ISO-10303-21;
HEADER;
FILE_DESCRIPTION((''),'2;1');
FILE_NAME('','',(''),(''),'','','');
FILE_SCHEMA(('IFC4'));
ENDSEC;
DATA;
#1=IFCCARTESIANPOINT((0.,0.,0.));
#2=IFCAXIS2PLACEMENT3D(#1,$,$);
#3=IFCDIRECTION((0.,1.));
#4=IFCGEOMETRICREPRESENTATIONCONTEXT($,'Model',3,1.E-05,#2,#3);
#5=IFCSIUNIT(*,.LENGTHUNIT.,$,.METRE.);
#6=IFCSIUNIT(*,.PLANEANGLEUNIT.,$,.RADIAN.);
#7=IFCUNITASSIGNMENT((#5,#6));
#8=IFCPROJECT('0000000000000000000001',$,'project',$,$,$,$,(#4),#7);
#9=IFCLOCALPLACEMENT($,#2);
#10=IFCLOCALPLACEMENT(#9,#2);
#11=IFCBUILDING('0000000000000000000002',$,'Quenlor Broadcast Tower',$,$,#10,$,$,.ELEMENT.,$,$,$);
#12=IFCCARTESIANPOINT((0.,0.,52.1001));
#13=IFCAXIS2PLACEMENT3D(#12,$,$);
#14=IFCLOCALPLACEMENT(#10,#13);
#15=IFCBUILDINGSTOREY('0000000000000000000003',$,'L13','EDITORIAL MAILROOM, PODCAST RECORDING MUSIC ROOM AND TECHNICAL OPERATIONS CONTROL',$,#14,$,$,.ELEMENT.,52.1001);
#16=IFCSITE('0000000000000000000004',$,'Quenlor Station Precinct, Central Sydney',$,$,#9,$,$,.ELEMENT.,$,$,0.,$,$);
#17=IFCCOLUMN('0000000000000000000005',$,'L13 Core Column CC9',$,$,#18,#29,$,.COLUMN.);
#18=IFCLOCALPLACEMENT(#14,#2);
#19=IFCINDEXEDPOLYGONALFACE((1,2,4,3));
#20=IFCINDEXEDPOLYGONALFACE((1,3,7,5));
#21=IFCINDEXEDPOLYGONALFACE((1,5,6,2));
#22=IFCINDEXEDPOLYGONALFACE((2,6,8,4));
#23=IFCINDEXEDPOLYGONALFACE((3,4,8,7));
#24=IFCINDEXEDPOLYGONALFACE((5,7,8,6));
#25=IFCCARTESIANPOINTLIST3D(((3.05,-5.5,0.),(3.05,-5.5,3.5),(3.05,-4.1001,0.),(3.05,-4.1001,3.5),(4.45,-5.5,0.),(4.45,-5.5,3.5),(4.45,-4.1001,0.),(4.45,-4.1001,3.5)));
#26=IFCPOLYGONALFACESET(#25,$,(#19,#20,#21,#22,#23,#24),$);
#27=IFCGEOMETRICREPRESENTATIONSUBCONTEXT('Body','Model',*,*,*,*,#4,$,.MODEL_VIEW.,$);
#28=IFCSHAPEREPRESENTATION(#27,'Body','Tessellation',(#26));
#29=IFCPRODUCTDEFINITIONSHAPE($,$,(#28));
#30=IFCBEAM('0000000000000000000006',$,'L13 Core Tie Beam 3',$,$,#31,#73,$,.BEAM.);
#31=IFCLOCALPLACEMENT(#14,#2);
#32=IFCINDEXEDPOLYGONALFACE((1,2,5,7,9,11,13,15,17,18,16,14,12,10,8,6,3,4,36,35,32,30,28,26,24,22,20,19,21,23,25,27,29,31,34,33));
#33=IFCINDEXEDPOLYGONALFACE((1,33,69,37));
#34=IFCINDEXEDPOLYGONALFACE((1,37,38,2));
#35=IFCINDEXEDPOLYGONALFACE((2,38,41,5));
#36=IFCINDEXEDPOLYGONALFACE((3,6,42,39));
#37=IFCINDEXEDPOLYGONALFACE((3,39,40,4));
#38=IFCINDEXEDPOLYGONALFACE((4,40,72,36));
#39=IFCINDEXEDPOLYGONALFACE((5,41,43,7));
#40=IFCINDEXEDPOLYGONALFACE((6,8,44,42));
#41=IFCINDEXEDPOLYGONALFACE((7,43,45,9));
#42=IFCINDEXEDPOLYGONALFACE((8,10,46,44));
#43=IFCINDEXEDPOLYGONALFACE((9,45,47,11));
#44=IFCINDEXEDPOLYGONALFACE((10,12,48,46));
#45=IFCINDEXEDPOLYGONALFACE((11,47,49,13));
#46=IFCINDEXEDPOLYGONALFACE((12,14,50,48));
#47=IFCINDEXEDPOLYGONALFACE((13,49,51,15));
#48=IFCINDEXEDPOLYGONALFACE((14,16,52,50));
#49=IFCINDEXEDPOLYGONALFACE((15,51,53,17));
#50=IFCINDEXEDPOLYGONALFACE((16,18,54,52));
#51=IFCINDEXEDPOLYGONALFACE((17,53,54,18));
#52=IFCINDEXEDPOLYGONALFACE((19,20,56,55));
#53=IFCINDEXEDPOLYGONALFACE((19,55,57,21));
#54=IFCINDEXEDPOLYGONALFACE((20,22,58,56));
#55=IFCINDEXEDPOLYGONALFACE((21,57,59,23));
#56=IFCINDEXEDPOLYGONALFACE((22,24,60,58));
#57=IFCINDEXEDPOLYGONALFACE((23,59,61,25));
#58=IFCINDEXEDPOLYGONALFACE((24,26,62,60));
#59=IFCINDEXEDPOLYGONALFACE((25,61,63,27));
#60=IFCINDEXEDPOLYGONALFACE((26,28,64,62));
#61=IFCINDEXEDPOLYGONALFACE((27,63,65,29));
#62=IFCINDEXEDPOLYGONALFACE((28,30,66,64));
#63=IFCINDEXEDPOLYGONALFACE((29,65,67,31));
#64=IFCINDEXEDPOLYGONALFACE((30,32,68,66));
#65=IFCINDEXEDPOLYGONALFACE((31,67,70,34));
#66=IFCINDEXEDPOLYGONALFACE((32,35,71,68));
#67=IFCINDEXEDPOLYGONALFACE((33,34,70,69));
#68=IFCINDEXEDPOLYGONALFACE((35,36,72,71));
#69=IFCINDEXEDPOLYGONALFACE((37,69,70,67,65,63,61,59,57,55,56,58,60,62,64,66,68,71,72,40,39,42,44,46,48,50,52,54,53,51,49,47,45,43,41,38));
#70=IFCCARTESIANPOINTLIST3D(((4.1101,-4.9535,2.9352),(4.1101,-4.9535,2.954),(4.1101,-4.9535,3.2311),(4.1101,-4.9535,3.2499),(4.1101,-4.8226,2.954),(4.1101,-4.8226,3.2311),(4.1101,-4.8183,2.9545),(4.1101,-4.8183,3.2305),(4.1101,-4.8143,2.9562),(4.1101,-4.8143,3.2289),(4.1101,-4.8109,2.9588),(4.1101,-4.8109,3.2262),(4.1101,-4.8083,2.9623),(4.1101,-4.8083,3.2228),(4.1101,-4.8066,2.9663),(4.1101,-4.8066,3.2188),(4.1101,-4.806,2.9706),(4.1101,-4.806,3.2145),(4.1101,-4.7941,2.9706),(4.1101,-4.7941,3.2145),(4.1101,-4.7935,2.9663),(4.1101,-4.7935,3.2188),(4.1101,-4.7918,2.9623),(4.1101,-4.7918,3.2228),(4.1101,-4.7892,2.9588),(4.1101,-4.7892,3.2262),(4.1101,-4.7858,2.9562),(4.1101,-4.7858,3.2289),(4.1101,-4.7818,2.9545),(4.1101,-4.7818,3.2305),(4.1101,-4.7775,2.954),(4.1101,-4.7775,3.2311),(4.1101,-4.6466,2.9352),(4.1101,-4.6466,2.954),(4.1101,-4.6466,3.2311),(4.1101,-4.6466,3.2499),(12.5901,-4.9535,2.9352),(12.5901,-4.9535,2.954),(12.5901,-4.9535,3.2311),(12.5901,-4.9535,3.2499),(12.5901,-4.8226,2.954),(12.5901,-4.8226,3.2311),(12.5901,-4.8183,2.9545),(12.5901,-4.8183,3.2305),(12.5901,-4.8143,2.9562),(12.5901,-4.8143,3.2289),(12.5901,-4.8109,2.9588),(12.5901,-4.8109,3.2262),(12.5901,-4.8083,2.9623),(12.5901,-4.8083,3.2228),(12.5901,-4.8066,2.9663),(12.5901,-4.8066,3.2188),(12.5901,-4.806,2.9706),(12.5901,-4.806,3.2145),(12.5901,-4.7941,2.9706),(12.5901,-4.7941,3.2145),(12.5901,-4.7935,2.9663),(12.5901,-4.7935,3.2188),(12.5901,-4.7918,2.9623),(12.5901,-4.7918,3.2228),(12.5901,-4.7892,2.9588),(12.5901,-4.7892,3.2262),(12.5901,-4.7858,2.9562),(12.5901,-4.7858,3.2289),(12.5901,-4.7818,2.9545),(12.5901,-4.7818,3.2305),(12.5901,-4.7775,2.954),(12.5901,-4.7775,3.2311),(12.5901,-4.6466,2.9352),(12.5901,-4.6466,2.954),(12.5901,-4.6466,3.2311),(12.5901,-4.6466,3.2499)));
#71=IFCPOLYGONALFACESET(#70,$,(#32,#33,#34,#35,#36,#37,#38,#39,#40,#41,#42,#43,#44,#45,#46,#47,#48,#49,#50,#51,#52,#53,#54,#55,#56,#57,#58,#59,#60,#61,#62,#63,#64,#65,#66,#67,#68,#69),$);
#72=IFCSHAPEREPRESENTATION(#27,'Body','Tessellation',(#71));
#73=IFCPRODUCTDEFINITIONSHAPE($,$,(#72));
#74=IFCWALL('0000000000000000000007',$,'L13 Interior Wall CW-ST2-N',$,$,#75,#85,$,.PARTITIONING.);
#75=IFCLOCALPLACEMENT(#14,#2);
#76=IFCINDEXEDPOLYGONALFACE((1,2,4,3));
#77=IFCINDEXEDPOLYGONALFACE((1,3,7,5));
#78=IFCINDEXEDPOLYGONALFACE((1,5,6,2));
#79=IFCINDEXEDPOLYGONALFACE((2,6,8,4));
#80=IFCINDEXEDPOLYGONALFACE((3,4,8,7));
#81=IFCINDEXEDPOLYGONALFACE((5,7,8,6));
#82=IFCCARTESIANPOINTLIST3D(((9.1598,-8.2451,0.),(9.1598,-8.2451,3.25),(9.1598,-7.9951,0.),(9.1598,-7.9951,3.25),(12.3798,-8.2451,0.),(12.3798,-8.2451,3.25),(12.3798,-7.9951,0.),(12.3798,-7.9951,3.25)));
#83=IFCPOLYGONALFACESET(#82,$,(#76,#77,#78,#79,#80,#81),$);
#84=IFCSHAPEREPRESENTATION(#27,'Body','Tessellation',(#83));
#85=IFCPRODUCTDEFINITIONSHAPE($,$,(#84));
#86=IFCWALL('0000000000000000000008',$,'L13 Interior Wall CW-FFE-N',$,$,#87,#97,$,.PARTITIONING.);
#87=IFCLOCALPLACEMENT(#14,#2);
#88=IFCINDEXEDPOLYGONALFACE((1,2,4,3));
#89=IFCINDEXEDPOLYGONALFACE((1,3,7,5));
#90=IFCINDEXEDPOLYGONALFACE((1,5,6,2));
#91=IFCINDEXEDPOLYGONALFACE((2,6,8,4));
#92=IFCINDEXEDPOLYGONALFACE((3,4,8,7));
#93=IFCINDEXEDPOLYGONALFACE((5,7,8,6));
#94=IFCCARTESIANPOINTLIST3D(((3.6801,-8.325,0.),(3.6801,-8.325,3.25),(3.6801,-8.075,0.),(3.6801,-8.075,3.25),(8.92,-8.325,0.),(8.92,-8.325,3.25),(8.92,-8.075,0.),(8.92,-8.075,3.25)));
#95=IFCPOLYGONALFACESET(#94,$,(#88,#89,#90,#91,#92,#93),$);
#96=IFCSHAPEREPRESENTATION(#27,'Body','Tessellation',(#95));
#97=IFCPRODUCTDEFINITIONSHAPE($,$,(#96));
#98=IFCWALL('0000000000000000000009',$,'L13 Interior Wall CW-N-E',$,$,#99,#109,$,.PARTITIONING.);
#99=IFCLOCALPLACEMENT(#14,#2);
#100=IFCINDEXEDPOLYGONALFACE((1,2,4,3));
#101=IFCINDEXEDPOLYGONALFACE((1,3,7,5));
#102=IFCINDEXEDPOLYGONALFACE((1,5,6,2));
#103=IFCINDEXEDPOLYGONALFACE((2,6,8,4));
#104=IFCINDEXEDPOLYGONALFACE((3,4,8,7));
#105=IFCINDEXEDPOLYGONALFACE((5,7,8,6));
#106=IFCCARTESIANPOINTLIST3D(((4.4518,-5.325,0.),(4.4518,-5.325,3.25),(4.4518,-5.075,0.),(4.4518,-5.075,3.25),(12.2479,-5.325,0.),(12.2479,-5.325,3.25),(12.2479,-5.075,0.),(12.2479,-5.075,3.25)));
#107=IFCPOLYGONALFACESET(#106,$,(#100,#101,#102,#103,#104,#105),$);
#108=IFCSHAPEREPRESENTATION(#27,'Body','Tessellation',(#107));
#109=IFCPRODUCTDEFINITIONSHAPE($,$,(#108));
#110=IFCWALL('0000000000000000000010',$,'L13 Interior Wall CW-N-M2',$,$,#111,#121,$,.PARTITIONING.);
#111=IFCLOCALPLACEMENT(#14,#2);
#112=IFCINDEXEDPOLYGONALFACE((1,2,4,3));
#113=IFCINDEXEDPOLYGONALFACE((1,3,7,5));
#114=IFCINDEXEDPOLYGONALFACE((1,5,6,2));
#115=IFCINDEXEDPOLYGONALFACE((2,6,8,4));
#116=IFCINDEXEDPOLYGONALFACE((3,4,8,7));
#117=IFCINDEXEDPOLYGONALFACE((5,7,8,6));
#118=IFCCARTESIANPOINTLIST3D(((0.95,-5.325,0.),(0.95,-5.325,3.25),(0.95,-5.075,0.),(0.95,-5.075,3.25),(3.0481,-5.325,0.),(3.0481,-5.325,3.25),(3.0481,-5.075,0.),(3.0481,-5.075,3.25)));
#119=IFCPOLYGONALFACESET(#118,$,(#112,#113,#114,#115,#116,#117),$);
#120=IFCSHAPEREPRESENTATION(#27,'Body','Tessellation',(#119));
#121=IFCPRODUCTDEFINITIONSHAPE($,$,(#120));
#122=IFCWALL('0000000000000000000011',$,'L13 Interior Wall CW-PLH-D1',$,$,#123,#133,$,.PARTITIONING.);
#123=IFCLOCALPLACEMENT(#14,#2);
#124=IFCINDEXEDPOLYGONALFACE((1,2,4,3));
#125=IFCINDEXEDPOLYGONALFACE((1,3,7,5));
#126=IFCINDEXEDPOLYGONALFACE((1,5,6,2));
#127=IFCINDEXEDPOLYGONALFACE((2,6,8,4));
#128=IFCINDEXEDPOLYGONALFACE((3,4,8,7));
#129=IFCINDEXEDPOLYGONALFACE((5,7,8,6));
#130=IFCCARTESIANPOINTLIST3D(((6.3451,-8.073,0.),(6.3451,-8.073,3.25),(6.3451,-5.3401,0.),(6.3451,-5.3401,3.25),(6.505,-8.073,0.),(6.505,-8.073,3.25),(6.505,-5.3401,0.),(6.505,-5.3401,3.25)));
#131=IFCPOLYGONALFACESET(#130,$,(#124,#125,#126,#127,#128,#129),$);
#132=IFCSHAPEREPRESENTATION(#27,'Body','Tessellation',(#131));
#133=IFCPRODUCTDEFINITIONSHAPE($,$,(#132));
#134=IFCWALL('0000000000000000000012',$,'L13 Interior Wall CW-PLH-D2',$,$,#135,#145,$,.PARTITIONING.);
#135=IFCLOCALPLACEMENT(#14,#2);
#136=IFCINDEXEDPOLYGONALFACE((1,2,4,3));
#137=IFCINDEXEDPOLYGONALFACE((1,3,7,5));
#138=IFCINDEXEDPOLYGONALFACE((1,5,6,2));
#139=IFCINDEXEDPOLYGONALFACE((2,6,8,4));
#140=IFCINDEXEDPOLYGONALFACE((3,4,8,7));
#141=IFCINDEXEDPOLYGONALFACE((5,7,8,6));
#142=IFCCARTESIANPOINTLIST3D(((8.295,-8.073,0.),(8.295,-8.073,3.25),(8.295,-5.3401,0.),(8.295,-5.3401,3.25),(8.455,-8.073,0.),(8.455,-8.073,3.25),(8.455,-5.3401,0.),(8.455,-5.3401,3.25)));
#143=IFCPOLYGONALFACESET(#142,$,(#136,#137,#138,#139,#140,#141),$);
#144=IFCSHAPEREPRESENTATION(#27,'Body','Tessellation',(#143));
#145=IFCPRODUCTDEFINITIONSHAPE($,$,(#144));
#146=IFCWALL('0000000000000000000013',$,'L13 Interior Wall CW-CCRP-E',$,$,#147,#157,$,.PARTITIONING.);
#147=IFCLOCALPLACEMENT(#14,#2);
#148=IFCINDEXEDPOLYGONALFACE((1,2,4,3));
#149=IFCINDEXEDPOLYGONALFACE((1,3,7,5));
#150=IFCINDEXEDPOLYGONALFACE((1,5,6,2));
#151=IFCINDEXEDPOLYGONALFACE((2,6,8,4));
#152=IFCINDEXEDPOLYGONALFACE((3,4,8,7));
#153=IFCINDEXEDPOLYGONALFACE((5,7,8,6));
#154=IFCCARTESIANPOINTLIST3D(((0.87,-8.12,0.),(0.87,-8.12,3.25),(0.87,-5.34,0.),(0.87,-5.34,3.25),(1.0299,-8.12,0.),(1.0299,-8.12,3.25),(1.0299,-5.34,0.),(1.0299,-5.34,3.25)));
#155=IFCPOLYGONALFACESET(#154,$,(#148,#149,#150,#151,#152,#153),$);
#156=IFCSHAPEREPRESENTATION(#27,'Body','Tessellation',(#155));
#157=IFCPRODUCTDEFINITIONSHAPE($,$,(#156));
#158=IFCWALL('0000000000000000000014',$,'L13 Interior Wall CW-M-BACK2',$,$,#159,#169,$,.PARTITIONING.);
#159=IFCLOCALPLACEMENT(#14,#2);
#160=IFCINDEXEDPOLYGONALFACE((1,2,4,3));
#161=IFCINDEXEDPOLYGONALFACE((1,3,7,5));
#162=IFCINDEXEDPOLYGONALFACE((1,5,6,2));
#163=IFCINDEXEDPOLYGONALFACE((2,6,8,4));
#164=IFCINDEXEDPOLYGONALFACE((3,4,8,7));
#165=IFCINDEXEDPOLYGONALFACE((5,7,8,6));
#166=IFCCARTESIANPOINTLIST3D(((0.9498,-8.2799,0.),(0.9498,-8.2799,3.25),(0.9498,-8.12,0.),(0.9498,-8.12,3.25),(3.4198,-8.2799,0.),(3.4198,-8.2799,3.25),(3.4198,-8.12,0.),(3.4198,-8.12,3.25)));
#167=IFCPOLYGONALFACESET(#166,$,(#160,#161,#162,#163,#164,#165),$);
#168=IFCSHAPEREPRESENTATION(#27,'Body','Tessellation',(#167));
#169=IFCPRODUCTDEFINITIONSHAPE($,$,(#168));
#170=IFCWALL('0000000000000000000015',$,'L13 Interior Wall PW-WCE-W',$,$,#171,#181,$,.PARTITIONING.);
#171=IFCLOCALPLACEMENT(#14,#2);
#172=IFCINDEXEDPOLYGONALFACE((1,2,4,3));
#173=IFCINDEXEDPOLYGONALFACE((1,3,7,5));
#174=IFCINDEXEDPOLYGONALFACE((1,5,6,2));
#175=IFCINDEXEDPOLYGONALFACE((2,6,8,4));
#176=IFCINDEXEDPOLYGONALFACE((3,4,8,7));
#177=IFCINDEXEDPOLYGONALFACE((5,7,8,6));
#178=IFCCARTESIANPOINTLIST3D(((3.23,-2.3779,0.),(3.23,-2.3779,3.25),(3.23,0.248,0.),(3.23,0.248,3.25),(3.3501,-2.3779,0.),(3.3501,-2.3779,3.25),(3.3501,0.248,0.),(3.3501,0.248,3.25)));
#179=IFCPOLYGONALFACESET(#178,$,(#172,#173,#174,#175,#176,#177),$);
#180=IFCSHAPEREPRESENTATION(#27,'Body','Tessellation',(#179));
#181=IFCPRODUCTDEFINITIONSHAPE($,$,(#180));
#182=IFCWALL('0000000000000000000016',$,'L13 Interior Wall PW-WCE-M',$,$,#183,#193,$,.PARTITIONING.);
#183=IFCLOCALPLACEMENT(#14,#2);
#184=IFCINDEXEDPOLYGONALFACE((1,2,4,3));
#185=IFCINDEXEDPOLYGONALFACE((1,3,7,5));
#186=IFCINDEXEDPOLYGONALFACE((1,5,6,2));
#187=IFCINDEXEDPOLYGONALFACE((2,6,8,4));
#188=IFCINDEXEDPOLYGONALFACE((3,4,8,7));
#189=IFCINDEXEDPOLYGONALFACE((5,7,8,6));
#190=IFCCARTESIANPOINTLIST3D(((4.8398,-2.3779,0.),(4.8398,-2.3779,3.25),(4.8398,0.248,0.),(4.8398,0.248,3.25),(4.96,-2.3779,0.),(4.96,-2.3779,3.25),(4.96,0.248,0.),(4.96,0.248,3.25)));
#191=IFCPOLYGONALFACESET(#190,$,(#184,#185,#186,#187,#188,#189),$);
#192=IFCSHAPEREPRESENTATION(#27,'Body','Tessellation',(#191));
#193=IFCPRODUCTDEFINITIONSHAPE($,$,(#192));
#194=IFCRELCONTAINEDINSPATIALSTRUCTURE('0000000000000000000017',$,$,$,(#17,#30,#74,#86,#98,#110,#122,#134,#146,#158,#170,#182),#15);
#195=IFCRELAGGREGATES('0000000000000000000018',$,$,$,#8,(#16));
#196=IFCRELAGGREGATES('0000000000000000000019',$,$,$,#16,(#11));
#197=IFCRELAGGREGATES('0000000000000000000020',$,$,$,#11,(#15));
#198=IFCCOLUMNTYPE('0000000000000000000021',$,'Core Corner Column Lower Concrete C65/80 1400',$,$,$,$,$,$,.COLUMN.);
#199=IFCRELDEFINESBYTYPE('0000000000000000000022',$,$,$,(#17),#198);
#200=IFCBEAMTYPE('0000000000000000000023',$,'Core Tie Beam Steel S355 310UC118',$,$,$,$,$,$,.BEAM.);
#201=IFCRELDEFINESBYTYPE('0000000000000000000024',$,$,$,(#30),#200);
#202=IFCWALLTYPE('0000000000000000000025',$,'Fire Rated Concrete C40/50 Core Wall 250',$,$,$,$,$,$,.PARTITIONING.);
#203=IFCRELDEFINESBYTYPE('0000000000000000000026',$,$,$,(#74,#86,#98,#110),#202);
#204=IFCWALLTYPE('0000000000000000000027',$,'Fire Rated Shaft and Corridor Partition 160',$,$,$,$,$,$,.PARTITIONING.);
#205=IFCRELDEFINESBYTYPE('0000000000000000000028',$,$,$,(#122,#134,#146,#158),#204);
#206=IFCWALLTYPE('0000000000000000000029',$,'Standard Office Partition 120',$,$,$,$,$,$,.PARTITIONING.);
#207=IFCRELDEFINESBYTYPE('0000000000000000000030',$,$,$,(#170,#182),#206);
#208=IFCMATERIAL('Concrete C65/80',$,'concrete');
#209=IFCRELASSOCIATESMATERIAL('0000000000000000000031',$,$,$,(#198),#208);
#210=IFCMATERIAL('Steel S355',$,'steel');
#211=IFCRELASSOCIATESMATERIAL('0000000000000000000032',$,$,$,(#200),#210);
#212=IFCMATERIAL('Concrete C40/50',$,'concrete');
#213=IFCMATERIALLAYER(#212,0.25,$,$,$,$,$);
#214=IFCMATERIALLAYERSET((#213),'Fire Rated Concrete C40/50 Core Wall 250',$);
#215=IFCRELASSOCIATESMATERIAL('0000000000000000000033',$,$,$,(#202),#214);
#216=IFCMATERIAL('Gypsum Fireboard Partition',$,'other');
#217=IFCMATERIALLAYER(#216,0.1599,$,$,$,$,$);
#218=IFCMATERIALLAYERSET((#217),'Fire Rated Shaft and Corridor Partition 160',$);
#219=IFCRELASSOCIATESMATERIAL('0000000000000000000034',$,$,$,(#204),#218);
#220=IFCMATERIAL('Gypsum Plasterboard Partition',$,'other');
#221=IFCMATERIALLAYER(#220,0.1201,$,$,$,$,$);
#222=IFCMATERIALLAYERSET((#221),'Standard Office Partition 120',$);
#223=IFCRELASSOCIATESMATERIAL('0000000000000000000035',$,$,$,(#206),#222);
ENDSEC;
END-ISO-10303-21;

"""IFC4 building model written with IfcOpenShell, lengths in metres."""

from ifc_helpers import new_model, si_unit, direction, frame, frame_2d, origin, origin_2d, place, context, subcontext, project, spatial, rectangle, i_section, extrude, material, layer, layer_set, material_profile, profile_set, type_object, element, save


model = new_model("IFC4")

# Units and contexts
model_context = context("Model", 3, precision=1e-05, world=origin(), true_north=direction((0.0, 1.0)))
body_context = subcontext(model_context, "Body", "Model", "MODEL_VIEW")
ifc_project = project(units=[si_unit("LENGTHUNIT", "METRE"), si_unit("PLANEANGLEUNIT", "RADIAN")], contexts=[model_context])

# Site, building, storey
site_placement = place(None, origin())
site = spatial("IfcSite", under=ifc_project, at=site_placement, Name="Quenlor Station Precinct, Central Sydney", CompositionType="ELEMENT", RefElevation=0.0)
building_placement = place(site_placement, origin())
building = spatial("IfcBuilding", under=site, at=building_placement, Name="Quenlor Broadcast Tower", CompositionType="ELEMENT")
storey_placement = place(building_placement, frame((0.0, 0.0, 52.1001)))
storey = spatial("IfcBuildingStorey", under=building, at=storey_placement, Name="L13", Description="EDITORIAL MAILROOM, PODCAST RECORDING MUSIC ROOM AND TECHNICAL OPERATIONS CONTROL", CompositionType="ELEMENT", Elevation=52.1001)

# Column
ifc_material_1 = material(Name="Concrete C65/80", Category="concrete")
ifc_material_profile_1 = material_profile(ifc_material_1, rectangle(XDim=1.3999, YDim=1.3999, at=origin_2d()))
ifc_profile_set_1 = profile_set([ifc_material_profile_1], Name="Concrete C65/80 RC1400x1400")
column_type = type_object("IfcColumnType", Name="Core Corner Column Lower Concrete C65/80 1400", PredefinedType="COLUMN", material=ifc_profile_set_1)
column_placement = place(storey_placement, frame((3.75, -4.8, 0.0), z_axis=(0.0, 0.0, 1.0), x_axis=(1.0, 0.0, 0.0)))
element("IfcColumn", 1, at=column_placement, inside=storey, type_object=column_type, Name="L13 Core Column CC9", PredefinedType="COLUMN", context=body_context, shape_type="SweptSolid", body=[
    extrude(rectangle(XDim=1.3999, YDim=1.3999, at=origin_2d()), origin(), (0.0, 0.0, 1.0), 3.5),
])

# Beam
ifc_material_2 = material(Name="Steel S355", Category="steel")
ifc_material_profile_2 = material_profile(ifc_material_2, i_section(OverallWidth=0.3069, OverallDepth=0.3147, WebThickness=0.012, FlangeThickness=0.0188, FilletRadius=0.0166, at=origin_2d()))
ifc_profile_set_2 = profile_set([ifc_material_profile_2], Name="Steel S355 310UC118")
beam_type = type_object("IfcBeamType", Name="Core Tie Beam Steel S355 310UC118", PredefinedType="BEAM", material=ifc_profile_set_2)
beam_placement = place(storey_placement, frame((4.1101, -4.8, 3.0925), z_axis=(1.0, 0.0, 0.0), x_axis=(0.0, 1.0, 0.0)))
element("IfcBeam", 2, at=beam_placement, inside=storey, type_object=beam_type, Name="L13 Core Tie Beam 3", PredefinedType="BEAM", context=body_context, shape_type="SweptSolid", body=[
    extrude(i_section(OverallWidth=0.3069, OverallDepth=0.3147, WebThickness=0.012, FlangeThickness=0.0188, FilletRadius=0.0166, at=origin_2d()), origin(), (0.0, 0.0, 1.0), 8.48),
])

# Walls
ifc_material_3 = material(Name="Concrete C40/50", Category="concrete")
ifc_layer_1 = layer(ifc_material_3, 0.25)
ifc_layer_set_1 = layer_set([ifc_layer_1], Name="Fire Rated Concrete C40/50 Core Wall 250")
wall_type_1 = type_object("IfcWallType", Name="Fire Rated Concrete C40/50 Core Wall 250", PredefinedType="PARTITIONING", material=ifc_layer_set_1)
wall_1_placement = place(storey_placement, frame((9.1599, -8.1201, 0.0), z_axis=(0.0, 0.0, 1.0), x_axis=(1.0, 0.0, 0.0)))
element("IfcWall", 3, at=wall_1_placement, inside=storey, type_object=wall_type_1, Name="L13 Interior Wall CW-ST2-N", PredefinedType="PARTITIONING", context=body_context, shape_type="SweptSolid", body=[
    extrude(rectangle(XDim=3.22, YDim=0.25, at=frame_2d((1.6099, 0.0))), origin(), (0.0, 0.0, 1.0), 3.25),
])
wall_2_placement = place(storey_placement, frame((3.6799, -8.2, 0.0), z_axis=(0.0, 0.0, 1.0), x_axis=(1.0, 0.0, 0.0)))
element("IfcWall", 4, at=wall_2_placement, inside=storey, type_object=wall_type_1, Name="L13 Interior Wall CW-FFE-N", PredefinedType="PARTITIONING", context=body_context, shape_type="SweptSolid", body=[
    extrude(rectangle(XDim=5.24, YDim=0.25, at=frame_2d((2.6201, 0.0))), origin(), (0.0, 0.0, 1.0), 3.25),
])
wall_3_placement = place(storey_placement, frame((4.4519, -5.2, 0.0), z_axis=(0.0, 0.0, 1.0), x_axis=(1.0, 0.0, 0.0)))
element("IfcWall", 5, at=wall_3_placement, inside=storey, type_object=wall_type_1, Name="L13 Interior Wall CW-N-E", PredefinedType="PARTITIONING", context=body_context, shape_type="SweptSolid", body=[
    extrude(rectangle(XDim=7.7961, YDim=0.25, at=frame_2d((3.8979, 0.0))), origin(), (0.0, 0.0, 1.0), 3.25),
])
wall_4_placement = place(storey_placement, frame((0.95, -5.2, 0.0), z_axis=(0.0, 0.0, 1.0), x_axis=(1.0, 0.0, 0.0)))
element("IfcWall", 6, at=wall_4_placement, inside=storey, type_object=wall_type_1, Name="L13 Interior Wall CW-N-M2", PredefinedType="PARTITIONING", context=body_context, shape_type="SweptSolid", body=[
    extrude(rectangle(XDim=2.0981, YDim=0.25, at=frame_2d((1.0491, 0.0))), origin(), (0.0, 0.0, 1.0), 3.25),
])
ifc_material_4 = material(Name="Gypsum Fireboard Partition", Category="other")
ifc_layer_2 = layer(ifc_material_4, 0.1599)
ifc_layer_set_2 = layer_set([ifc_layer_2], Name="Fire Rated Shaft and Corridor Partition 160")
wall_type_2 = type_object("IfcWallType", Name="Fire Rated Shaft and Corridor Partition 160", PredefinedType="PARTITIONING", material=ifc_layer_set_2)
for number, where, z_axis, x_axis, name in (
    (7, (6.425, -8.073, 0.0), (0.0, 0.0, 1.0), (0.0, 1.0, 0.0), "L13 Interior Wall CW-PLH-D1"),
    (8, (8.375, -8.073, 0.0), (0.0, 0.0, 1.0), (0.0, 1.0, 0.0), "L13 Interior Wall CW-PLH-D2"),
):
    element("IfcWall", number, at=place(storey_placement, frame(where, z_axis=z_axis, x_axis=x_axis)), inside=storey, type_object=wall_type_2, Name=name, PredefinedType="PARTITIONING", context=body_context, shape_type="SweptSolid", body=[
        extrude(rectangle(XDim=2.7329, YDim=0.1599, at=frame_2d((1.3665, 0.0))), origin(), (0.0, 0.0, 1.0), 3.25),
    ])
wall_5_placement = place(storey_placement, frame((0.95, -8.1201, 0.0), z_axis=(0.0, 0.0, 1.0), x_axis=(0.0, 1.0, 0.0)))
element("IfcWall", 9, at=wall_5_placement, inside=storey, type_object=wall_type_2, Name="L13 Interior Wall CW-CCRP-E", PredefinedType="PARTITIONING", context=body_context, shape_type="SweptSolid", body=[
    extrude(rectangle(XDim=2.78, YDim=0.1599, at=frame_2d((1.3901, 0.0))), origin(), (0.0, 0.0, 1.0), 3.25),
])
wall_6_placement = place(storey_placement, frame((0.95, -8.2, 0.0), z_axis=(0.0, 0.0, 1.0), x_axis=(1.0, 0.0, 0.0)))
element("IfcWall", 10, at=wall_6_placement, inside=storey, type_object=wall_type_2, Name="L13 Interior Wall CW-M-BACK2", PredefinedType="PARTITIONING", context=body_context, shape_type="SweptSolid", body=[
    extrude(rectangle(XDim=2.47, YDim=0.1599, at=frame_2d((1.2349, 0.0))), origin(), (0.0, 0.0, 1.0), 3.25),
])

# Shared definitions
ifc_material_5 = material(Name="Gypsum Plasterboard Partition", Category="other")
ifc_layer_3 = layer(ifc_material_5, 0.1201)
ifc_layer_set_3 = layer_set([ifc_layer_3], Name="Standard Office Partition 120")
wall_type_3 = type_object("IfcWallType", Name="Standard Office Partition 120", PredefinedType="PARTITIONING", material=ifc_layer_set_3)

# Walls
for number, where, z_axis, x_axis, name in (
    (11, (3.29, -2.3779, 0.0), (0.0, 0.0, 1.0), (0.0, 1.0, 0.0), "L13 Interior Wall PW-WCE-W"),
    (12, (4.8999, -2.3779, 0.0), (0.0, 0.0, 1.0), (0.0, 1.0, 0.0), "L13 Interior Wall PW-WCE-M"),
):
    element("IfcWall", number, at=place(storey_placement, frame(where, z_axis=z_axis, x_axis=x_axis)), inside=storey, type_object=wall_type_3, Name=name, PredefinedType="PARTITIONING", context=body_context, shape_type="SweptSolid", body=[
        extrude(rectangle(XDim=2.626, YDim=0.1201, at=frame_2d((1.313, 0.0))), origin(), (0.0, 0.0, 1.0), 3.25),
    ])

save(model, "model.ifc")
